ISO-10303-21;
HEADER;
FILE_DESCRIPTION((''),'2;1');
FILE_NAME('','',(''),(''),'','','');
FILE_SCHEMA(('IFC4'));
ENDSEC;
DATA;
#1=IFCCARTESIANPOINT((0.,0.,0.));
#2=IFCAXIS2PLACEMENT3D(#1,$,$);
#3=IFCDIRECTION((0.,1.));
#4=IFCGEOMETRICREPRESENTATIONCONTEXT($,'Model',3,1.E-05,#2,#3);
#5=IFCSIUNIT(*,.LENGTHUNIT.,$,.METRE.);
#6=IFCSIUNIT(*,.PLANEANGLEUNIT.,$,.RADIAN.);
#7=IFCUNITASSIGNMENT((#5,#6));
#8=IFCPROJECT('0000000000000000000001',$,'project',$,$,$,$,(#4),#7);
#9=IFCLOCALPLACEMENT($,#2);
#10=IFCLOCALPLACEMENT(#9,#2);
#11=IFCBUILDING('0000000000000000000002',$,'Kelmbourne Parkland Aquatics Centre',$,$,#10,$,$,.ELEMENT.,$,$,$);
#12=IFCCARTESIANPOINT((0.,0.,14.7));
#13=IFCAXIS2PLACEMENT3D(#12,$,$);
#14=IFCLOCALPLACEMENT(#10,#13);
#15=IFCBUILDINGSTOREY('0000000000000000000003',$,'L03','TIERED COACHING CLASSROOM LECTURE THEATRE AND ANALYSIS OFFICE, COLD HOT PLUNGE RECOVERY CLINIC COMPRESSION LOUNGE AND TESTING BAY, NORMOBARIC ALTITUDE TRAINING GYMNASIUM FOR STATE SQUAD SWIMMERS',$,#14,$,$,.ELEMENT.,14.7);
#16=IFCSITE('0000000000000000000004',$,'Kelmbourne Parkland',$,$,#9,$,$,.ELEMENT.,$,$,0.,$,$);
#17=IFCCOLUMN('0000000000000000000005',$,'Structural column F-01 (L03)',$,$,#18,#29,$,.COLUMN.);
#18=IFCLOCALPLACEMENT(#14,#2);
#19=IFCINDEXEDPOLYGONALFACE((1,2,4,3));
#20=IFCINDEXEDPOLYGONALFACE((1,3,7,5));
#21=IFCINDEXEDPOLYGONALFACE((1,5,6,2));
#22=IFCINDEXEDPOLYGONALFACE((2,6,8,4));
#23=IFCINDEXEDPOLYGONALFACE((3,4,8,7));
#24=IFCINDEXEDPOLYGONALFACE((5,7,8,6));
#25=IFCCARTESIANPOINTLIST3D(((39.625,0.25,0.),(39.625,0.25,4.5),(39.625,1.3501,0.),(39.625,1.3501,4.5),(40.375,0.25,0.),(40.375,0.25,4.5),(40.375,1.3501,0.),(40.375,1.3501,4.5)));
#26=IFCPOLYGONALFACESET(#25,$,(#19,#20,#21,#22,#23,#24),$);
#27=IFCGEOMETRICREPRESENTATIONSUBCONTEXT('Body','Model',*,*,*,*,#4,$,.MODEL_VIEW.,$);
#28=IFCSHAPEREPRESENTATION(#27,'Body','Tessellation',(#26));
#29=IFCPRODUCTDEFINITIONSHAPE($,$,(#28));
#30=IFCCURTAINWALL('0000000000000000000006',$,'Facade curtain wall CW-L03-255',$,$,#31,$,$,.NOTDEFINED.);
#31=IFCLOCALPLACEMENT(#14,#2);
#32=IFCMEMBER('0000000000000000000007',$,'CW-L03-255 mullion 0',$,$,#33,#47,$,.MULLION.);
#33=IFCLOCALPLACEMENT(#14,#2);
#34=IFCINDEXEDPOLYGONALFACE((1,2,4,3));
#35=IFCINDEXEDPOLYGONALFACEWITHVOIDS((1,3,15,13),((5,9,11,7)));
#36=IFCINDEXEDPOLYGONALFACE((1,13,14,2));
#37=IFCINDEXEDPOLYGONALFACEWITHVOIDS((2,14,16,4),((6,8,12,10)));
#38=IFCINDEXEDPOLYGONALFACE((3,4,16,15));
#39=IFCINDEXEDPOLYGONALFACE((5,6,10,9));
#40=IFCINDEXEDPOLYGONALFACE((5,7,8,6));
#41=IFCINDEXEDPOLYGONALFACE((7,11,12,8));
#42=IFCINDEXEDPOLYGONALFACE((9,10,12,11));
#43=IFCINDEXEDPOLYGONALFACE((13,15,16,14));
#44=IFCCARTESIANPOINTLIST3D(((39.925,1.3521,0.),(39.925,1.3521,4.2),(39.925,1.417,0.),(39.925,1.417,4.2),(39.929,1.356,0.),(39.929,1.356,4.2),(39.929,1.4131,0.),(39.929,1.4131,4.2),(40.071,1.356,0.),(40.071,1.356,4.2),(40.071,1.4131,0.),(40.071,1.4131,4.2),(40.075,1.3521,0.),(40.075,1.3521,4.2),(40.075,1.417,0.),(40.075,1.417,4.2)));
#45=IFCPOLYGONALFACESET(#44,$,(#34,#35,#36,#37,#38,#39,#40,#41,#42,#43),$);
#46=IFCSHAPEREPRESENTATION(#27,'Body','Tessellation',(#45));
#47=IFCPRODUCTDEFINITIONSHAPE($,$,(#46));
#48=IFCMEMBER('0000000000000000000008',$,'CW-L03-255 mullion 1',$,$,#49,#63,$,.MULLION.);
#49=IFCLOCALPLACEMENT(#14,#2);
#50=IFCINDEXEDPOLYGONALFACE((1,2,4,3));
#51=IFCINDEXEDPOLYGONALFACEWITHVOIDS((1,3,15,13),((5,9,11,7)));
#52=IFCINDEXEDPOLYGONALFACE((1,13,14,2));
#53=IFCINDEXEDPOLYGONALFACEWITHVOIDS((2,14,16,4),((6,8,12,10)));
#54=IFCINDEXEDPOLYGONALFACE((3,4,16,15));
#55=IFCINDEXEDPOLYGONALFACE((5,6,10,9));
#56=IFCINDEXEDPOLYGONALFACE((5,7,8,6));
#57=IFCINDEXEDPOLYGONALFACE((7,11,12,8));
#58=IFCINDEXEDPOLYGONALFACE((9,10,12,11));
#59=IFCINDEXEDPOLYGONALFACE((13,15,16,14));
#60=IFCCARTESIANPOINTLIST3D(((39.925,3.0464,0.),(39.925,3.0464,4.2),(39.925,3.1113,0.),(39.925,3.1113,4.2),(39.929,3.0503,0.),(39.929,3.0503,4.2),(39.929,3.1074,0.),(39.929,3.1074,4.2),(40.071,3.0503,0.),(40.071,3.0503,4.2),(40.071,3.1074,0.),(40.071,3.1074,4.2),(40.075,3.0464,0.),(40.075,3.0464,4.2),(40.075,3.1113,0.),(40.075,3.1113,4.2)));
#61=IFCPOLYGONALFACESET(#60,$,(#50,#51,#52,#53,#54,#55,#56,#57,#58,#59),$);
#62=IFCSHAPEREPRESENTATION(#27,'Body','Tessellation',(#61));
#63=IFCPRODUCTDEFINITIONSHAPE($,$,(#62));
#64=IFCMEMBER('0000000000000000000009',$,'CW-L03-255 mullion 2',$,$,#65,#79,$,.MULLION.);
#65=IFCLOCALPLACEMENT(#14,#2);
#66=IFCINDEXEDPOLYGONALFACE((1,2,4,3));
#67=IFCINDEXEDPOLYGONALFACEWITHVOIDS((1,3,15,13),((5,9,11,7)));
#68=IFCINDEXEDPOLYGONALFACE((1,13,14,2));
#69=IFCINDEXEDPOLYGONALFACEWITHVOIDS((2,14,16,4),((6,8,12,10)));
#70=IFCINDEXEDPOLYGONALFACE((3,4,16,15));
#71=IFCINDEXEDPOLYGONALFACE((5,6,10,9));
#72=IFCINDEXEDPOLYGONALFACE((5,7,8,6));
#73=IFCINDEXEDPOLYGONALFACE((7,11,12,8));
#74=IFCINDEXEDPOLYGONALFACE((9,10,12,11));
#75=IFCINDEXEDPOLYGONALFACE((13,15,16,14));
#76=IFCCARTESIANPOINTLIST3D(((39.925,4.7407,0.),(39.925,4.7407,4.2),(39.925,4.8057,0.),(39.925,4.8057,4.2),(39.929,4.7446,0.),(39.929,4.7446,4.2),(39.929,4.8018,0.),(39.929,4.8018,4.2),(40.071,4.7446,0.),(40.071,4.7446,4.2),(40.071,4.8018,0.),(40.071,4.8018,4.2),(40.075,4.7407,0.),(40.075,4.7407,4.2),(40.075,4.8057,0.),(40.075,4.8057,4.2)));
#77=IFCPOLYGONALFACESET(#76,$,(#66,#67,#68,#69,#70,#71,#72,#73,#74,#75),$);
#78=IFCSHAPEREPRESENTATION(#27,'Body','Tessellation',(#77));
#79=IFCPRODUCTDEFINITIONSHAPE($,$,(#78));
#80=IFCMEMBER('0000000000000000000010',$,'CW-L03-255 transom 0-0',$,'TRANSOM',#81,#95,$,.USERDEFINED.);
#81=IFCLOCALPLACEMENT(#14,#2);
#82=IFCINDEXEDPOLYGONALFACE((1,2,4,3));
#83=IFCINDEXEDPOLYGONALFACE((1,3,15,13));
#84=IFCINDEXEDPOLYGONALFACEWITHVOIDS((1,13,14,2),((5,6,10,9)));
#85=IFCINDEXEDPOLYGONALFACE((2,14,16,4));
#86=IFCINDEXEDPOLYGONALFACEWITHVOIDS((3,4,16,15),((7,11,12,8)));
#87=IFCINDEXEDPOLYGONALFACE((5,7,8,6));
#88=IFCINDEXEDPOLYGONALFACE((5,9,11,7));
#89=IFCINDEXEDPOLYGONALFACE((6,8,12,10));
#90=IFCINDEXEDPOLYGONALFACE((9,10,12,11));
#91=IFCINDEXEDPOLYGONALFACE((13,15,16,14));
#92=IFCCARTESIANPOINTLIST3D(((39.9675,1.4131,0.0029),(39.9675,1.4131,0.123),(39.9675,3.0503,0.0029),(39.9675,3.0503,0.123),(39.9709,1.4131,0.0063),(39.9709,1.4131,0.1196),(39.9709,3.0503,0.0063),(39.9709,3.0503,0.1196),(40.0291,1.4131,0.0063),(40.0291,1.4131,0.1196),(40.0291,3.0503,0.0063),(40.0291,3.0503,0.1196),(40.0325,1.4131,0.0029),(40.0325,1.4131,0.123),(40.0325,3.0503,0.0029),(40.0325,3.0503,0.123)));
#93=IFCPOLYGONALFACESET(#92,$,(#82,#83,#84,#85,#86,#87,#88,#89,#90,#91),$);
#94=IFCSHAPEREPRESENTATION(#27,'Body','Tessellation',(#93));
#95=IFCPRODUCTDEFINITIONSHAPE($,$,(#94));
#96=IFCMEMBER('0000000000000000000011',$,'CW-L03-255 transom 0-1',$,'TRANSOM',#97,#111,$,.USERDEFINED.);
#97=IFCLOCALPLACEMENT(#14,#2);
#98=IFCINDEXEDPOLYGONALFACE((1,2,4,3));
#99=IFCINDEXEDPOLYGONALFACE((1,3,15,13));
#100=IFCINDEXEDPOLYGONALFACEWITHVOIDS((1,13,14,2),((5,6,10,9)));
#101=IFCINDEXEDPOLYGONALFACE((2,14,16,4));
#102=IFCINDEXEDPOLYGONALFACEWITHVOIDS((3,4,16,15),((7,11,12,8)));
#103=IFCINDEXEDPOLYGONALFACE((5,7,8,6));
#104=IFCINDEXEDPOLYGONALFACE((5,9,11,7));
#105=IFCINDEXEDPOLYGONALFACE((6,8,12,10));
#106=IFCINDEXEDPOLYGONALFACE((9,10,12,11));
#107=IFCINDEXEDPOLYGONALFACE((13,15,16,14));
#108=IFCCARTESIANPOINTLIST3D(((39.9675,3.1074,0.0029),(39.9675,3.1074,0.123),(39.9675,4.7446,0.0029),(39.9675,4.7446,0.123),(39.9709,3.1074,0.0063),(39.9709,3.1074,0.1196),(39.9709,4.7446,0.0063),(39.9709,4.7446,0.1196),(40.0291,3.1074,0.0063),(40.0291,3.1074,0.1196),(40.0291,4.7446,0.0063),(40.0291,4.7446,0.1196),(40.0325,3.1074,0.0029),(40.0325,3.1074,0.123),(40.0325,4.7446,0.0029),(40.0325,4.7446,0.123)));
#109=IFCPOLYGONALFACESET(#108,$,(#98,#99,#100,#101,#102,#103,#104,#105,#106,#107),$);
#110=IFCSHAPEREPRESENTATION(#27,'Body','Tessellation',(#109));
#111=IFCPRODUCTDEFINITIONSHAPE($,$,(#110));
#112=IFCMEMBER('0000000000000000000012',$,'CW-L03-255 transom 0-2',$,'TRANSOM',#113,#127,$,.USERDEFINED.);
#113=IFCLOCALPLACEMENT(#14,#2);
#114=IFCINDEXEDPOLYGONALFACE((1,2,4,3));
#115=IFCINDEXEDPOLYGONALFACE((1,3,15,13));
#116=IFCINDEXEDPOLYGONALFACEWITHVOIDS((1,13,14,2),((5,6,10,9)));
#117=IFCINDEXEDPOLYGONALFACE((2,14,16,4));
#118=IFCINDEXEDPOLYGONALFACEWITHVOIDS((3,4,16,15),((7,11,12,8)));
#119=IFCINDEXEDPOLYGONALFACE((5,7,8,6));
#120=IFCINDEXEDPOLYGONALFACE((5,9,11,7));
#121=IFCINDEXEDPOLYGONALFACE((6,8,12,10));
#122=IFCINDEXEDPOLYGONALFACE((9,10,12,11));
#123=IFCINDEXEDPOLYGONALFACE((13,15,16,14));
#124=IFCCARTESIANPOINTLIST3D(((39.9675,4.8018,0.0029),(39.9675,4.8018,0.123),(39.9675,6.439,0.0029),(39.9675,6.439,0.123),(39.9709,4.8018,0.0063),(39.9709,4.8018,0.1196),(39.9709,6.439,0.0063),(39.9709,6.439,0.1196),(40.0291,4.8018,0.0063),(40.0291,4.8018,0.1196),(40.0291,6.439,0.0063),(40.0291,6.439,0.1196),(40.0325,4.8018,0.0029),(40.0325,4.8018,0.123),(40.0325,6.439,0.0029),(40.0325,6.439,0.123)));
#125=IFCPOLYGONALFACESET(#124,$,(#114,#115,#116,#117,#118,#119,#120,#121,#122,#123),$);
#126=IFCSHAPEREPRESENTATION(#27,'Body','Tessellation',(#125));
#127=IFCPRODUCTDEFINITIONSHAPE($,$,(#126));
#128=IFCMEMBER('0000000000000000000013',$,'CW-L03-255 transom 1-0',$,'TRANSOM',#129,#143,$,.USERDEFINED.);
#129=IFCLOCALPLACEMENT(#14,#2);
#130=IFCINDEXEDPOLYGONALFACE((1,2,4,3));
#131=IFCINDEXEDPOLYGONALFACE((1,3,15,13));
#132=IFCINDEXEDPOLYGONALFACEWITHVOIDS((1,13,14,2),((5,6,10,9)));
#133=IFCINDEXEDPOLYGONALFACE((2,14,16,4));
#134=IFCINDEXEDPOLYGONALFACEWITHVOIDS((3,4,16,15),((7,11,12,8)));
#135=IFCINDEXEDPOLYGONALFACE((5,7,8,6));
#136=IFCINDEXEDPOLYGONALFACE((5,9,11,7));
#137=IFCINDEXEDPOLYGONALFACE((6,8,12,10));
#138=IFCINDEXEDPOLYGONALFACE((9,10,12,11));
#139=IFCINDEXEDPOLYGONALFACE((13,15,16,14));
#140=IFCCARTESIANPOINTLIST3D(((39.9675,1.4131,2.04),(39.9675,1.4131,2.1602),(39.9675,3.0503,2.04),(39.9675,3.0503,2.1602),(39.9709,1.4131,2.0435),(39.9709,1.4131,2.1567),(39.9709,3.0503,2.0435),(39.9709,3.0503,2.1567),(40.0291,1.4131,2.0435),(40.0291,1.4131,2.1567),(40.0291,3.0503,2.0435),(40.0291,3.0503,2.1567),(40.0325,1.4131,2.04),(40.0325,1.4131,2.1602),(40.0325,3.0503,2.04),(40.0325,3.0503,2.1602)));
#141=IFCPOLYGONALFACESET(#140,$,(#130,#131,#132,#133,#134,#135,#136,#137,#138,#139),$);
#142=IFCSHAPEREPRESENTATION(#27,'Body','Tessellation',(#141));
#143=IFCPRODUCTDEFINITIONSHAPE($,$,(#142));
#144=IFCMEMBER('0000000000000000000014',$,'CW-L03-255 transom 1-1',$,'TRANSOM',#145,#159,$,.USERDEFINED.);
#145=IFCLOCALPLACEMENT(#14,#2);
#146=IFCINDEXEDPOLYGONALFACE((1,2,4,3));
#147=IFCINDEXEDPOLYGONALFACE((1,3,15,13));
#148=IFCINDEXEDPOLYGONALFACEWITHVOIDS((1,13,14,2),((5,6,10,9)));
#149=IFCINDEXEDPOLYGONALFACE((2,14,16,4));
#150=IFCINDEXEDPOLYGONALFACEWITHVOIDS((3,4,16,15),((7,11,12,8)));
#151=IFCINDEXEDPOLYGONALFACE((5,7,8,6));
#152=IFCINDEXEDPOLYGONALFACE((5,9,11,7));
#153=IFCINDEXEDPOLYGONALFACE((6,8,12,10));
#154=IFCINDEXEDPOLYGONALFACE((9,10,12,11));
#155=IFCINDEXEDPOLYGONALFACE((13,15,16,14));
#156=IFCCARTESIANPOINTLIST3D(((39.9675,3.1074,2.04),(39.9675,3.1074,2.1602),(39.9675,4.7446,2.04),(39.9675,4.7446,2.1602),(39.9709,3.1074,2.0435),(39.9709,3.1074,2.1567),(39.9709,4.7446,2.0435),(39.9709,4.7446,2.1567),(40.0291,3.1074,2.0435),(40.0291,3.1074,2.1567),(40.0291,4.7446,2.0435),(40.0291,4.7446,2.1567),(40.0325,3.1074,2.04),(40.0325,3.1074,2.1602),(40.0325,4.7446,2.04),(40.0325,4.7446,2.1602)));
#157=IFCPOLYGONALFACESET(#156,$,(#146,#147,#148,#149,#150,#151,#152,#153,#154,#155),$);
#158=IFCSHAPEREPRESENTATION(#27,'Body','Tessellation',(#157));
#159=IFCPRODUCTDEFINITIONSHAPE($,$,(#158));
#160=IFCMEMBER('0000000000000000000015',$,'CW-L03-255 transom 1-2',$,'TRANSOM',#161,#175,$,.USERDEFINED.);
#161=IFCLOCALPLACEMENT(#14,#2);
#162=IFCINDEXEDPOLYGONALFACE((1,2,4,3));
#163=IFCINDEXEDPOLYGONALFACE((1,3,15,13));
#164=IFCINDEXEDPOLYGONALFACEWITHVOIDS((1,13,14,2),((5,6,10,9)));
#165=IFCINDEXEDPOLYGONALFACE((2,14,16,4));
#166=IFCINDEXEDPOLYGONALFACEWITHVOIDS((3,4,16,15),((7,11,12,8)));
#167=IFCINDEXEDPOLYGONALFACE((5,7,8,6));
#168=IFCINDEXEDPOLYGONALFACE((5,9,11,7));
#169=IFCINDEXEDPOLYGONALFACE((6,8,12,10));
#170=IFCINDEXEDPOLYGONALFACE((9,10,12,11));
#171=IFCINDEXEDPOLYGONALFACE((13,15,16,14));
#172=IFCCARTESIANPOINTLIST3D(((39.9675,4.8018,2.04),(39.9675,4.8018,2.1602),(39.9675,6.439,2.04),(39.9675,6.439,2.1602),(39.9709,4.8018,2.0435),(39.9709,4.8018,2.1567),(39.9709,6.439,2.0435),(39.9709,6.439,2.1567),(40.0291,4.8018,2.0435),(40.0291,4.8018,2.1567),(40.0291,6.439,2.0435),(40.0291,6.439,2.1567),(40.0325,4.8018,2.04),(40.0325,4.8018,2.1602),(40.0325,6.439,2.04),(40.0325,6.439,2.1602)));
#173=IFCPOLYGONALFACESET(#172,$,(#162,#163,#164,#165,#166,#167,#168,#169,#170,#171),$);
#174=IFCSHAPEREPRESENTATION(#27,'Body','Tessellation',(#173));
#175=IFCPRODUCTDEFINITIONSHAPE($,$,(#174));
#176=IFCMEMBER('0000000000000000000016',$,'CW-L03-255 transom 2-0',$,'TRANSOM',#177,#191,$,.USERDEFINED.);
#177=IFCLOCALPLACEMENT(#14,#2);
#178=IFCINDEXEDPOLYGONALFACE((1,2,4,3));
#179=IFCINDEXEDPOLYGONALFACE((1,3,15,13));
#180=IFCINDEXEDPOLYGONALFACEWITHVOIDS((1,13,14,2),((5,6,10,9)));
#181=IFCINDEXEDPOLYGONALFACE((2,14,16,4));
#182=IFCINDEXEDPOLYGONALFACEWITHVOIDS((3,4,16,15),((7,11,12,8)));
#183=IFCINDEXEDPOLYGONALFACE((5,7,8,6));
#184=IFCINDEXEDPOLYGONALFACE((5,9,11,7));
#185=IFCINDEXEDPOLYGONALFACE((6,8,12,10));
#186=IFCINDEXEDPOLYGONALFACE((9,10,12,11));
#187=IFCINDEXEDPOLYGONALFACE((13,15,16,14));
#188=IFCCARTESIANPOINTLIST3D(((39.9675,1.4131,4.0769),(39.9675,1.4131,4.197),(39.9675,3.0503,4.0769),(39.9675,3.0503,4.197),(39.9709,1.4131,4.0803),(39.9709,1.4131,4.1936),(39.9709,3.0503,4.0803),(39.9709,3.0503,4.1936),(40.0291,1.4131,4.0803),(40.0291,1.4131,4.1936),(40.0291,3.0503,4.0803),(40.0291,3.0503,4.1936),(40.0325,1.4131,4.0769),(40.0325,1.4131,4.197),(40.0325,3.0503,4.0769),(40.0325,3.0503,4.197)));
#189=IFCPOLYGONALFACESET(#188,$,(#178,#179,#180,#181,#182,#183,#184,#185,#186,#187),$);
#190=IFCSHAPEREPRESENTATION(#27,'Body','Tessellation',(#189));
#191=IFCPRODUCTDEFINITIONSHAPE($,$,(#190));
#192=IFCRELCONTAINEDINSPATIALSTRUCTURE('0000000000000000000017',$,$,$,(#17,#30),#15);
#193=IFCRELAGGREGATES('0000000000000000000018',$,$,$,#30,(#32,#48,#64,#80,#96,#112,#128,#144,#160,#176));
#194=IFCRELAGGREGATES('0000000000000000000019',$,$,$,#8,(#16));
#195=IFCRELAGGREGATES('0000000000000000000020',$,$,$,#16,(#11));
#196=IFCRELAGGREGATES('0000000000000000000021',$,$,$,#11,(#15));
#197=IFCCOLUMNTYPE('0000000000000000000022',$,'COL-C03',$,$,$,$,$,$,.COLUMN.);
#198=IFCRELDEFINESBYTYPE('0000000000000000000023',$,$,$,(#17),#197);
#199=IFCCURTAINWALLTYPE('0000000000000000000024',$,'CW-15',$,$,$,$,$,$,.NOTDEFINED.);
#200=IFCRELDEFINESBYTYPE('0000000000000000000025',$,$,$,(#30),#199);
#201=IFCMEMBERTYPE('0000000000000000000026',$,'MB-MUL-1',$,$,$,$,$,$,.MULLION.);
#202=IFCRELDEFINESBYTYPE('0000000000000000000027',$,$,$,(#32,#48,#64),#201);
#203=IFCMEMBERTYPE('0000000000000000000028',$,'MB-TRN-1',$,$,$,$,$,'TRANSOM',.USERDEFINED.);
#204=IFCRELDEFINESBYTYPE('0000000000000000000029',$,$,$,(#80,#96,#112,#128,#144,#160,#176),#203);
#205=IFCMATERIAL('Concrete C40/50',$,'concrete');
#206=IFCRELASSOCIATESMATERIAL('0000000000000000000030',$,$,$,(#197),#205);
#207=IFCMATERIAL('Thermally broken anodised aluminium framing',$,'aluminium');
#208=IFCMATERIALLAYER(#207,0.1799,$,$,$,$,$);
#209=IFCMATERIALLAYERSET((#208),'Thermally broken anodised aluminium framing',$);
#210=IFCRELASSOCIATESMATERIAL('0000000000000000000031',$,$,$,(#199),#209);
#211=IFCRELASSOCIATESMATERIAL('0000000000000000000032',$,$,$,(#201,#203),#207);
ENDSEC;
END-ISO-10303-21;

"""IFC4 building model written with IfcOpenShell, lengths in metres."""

from ifc_helpers import new_model, si_unit, direction, frame, origin, origin_2d, place, context, subcontext, project, spatial, rectangle, hollow_rectangle, extrude, material, layer, layer_set, material_profile, profile_set, type_object, element, aggregate, save


model = new_model("IFC4")

# Units and contexts
model_context = context("Model", 3, precision=1e-05, world=origin(), true_north=direction((0.0, 1.0)))
body_context = subcontext(model_context, "Body", "Model", "MODEL_VIEW")
ifc_project = project(units=[si_unit("LENGTHUNIT", "METRE"), si_unit("PLANEANGLEUNIT", "RADIAN")], contexts=[model_context])

# Site, building, storey
site_placement = place(None, origin())
site = spatial("IfcSite", under=ifc_project, at=site_placement, Name="Kelmbourne Parkland", CompositionType="ELEMENT", RefElevation=0.0)
building_placement = place(site_placement, origin())
building = spatial("IfcBuilding", under=site, at=building_placement, Name="Kelmbourne Parkland Aquatics Centre", CompositionType="ELEMENT")
storey_placement = place(building_placement, frame((0.0, 0.0, 14.7)))
storey = spatial("IfcBuildingStorey", under=building, at=storey_placement, Name="L03", Description="TIERED COACHING CLASSROOM LECTURE THEATRE AND ANALYSIS OFFICE, COLD HOT PLUNGE RECOVERY CLINIC COMPRESSION LOUNGE AND TESTING BAY, NORMOBARIC ALTITUDE TRAINING GYMNASIUM FOR STATE SQUAD SWIMMERS", CompositionType="ELEMENT", Elevation=14.7)

# Column
ifc_material_1 = material(Name="Concrete C40/50", Category="concrete")
ifc_material_profile_1 = material_profile(ifc_material_1, rectangle(XDim=0.75, YDim=1.1001, at=origin_2d()), Name="RC 750x1100")
ifc_profile_set_1 = profile_set([ifc_material_profile_1], Name="Concrete C40/50")
column_type = type_object("IfcColumnType", Name="COL-C03", PredefinedType="COLUMN", material=ifc_profile_set_1)
column_placement = place(storey_placement, frame((40.0, 0.8, 0.0), z_axis=(0.0, 0.0, 1.0), x_axis=(1.0, 0.0, 0.0)))
element("IfcColumn", 1, at=column_placement, inside=storey, type_object=column_type, Name="Structural column F-01 (L03)", PredefinedType="COLUMN", context=body_context, shape_type="SweptSolid", body=[
    extrude(rectangle(XDim=0.75, YDim=1.1001, at=origin_2d()), origin(), (0.0, 0.0, 1.0), 4.5),
])

# Curtain wall, members
ifc_material_2 = material(Name="Thermally broken anodised aluminium framing", Category="aluminium")
ifc_layer_1 = layer(ifc_material_2, 0.1799)
ifc_layer_set_1 = layer_set([ifc_layer_1], Name="Thermally broken anodised aluminium framing")
curtain_wall_type = type_object("IfcCurtainWallType", Name="CW-15", PredefinedType="NOTDEFINED", material=ifc_layer_set_1)
curtain_wall_placement = place(storey_placement, origin())
curtain_wall = element("IfcCurtainWall", 2, at=curtain_wall_placement, inside=storey, type_object=curtain_wall_type, Name="Facade curtain wall CW-L03-255", PredefinedType="NOTDEFINED")
ifc_material_profile_2 = material_profile(ifc_material_2, hollow_rectangle(XDim=0.0649, YDim=0.1499, WallThickness=0.0039, at=origin_2d()), Name="CW-M 65x150")
ifc_profile_set_2 = profile_set([ifc_material_profile_2], Name="Thermally broken anodised aluminium framing")
member_type_1 = type_object("IfcMemberType", Name="MB-MUL-1", PredefinedType="MULLION", material=ifc_profile_set_2)
member_1_placement = place(storey_placement, frame((40.0, 1.3845, 0.0), z_axis=(0.0, 0.0, 1.0), x_axis=(0.0, 1.0, 0.0)))
member_1 = element("IfcMember", 3, at=member_1_placement, type_object=member_type_1, Name="CW-L03-255 mullion 0", PredefinedType="MULLION", context=body_context, shape_type="SweptSolid", body=[
    extrude(hollow_rectangle(XDim=0.0649, YDim=0.1499, WallThickness=0.0039, at=origin_2d()), origin(), (0.0, 0.0, 1.0), 4.2),
])
member_2_placement = place(storey_placement, frame((40.0, 3.0789, 0.0), z_axis=(0.0, 0.0, 1.0), x_axis=(0.0, 1.0, 0.0)))
member_2 = element("IfcMember", 4, at=member_2_placement, type_object=member_type_1, Name="CW-L03-255 mullion 1", PredefinedType="MULLION", context=body_context, shape_type="SweptSolid", body=[
    extrude(hollow_rectangle(XDim=0.0649, YDim=0.1499, WallThickness=0.0039, at=origin_2d()), origin(), (0.0, 0.0, 1.0), 4.2),
])
member_3_placement = place(storey_placement, frame((40.0, 4.7732, 0.0), z_axis=(0.0, 0.0, 1.0), x_axis=(0.0, 1.0, 0.0)))
member_3 = element("IfcMember", 5, at=member_3_placement, type_object=member_type_1, Name="CW-L03-255 mullion 2", PredefinedType="MULLION", context=body_context, shape_type="SweptSolid", body=[
    extrude(hollow_rectangle(XDim=0.0649, YDim=0.1499, WallThickness=0.0039, at=origin_2d()), origin(), (0.0, 0.0, 1.0), 4.2),
])
ifc_material_profile_3 = material_profile(ifc_material_2, hollow_rectangle(XDim=0.0649, YDim=0.1201, WallThickness=0.0034, at=origin_2d()), Name="CW-T 65x120")
ifc_profile_set_3 = profile_set([ifc_material_profile_3], Name="Thermally broken anodised aluminium framing")
member_type_2 = type_object("IfcMemberType", Name="MB-TRN-1", ElementType="TRANSOM", PredefinedType="USERDEFINED", material=ifc_profile_set_3)
member_4_placement = place(storey_placement, frame((40.0, 1.4131, 0.063), z_axis=(0.0, 1.0, 0.0), x_axis=(-1.0, 0.0, 0.0)))
member_4 = element("IfcMember", 6, at=member_4_placement, type_object=member_type_2, Name="CW-L03-255 transom 0-0", ObjectType="TRANSOM", PredefinedType="USERDEFINED", context=body_context, shape_type="SweptSolid", body=[
    extrude(hollow_rectangle(XDim=0.0649, YDim=0.1201, WallThickness=0.0034, at=origin_2d()), origin(), (0.0, 0.0, 1.0), 1.6372),
])
member_5_placement = place(storey_placement, frame((40.0, 3.1074, 0.063), z_axis=(0.0, 1.0, 0.0), x_axis=(-1.0, 0.0, 0.0)))
member_5 = element("IfcMember", 7, at=member_5_placement, type_object=member_type_2, Name="CW-L03-255 transom 0-1", ObjectType="TRANSOM", PredefinedType="USERDEFINED", context=body_context, shape_type="SweptSolid", body=[
    extrude(hollow_rectangle(XDim=0.0649, YDim=0.1201, WallThickness=0.0034, at=origin_2d()), origin(), (0.0, 0.0, 1.0), 1.6372),
])
member_6_placement = place(storey_placement, frame((40.0, 4.8018, 0.063), z_axis=(0.0, 1.0, 0.0), x_axis=(-1.0, 0.0, 0.0)))
member_6 = element("IfcMember", 8, at=member_6_placement, type_object=member_type_2, Name="CW-L03-255 transom 0-2", ObjectType="TRANSOM", PredefinedType="USERDEFINED", context=body_context, shape_type="SweptSolid", body=[
    extrude(hollow_rectangle(XDim=0.0649, YDim=0.1201, WallThickness=0.0034, at=origin_2d()), origin(), (0.0, 0.0, 1.0), 1.6372),
])
member_7_placement = place(storey_placement, frame((40.0, 1.4131, 2.1001), z_axis=(0.0, 1.0, 0.0), x_axis=(-1.0, 0.0, 0.0)))
member_7 = element("IfcMember", 9, at=member_7_placement, type_object=member_type_2, Name="CW-L03-255 transom 1-0", ObjectType="TRANSOM", PredefinedType="USERDEFINED", context=body_context, shape_type="SweptSolid", body=[
    extrude(hollow_rectangle(XDim=0.0649, YDim=0.1201, WallThickness=0.0034, at=origin_2d()), origin(), (0.0, 0.0, 1.0), 1.6372),
])
member_8_placement = place(storey_placement, frame((40.0, 3.1074, 2.1001), z_axis=(0.0, 1.0, 0.0), x_axis=(-1.0, 0.0, 0.0)))
member_8 = element("IfcMember", 10, at=member_8_placement, type_object=member_type_2, Name="CW-L03-255 transom 1-1", ObjectType="TRANSOM", PredefinedType="USERDEFINED", context=body_context, shape_type="SweptSolid", body=[
    extrude(hollow_rectangle(XDim=0.0649, YDim=0.1201, WallThickness=0.0034, at=origin_2d()), origin(), (0.0, 0.0, 1.0), 1.6372),
])
member_9_placement = place(storey_placement, frame((40.0, 4.8018, 2.1001), z_axis=(0.0, 1.0, 0.0), x_axis=(-1.0, 0.0, 0.0)))
member_9 = element("IfcMember", 11, at=member_9_placement, type_object=member_type_2, Name="CW-L03-255 transom 1-2", ObjectType="TRANSOM", PredefinedType="USERDEFINED", context=body_context, shape_type="SweptSolid", body=[
    extrude(hollow_rectangle(XDim=0.0649, YDim=0.1201, WallThickness=0.0034, at=origin_2d()), origin(), (0.0, 0.0, 1.0), 1.6372),
])
member_10_placement = place(storey_placement, frame((40.0, 1.4131, 4.137), z_axis=(0.0, 1.0, 0.0), x_axis=(-1.0, 0.0, 0.0)))
member_10 = element("IfcMember", 12, at=member_10_placement, type_object=member_type_2, Name="CW-L03-255 transom 2-0", ObjectType="TRANSOM", PredefinedType="USERDEFINED", context=body_context, shape_type="SweptSolid", body=[
    extrude(hollow_rectangle(XDim=0.0649, YDim=0.1201, WallThickness=0.0034, at=origin_2d()), origin(), (0.0, 0.0, 1.0), 1.6372),
])
aggregate(curtain_wall, [member_1, member_2, member_3, member_4, member_5, member_6, member_7, member_8, member_9, member_10])

save(model, "model.ifc")
